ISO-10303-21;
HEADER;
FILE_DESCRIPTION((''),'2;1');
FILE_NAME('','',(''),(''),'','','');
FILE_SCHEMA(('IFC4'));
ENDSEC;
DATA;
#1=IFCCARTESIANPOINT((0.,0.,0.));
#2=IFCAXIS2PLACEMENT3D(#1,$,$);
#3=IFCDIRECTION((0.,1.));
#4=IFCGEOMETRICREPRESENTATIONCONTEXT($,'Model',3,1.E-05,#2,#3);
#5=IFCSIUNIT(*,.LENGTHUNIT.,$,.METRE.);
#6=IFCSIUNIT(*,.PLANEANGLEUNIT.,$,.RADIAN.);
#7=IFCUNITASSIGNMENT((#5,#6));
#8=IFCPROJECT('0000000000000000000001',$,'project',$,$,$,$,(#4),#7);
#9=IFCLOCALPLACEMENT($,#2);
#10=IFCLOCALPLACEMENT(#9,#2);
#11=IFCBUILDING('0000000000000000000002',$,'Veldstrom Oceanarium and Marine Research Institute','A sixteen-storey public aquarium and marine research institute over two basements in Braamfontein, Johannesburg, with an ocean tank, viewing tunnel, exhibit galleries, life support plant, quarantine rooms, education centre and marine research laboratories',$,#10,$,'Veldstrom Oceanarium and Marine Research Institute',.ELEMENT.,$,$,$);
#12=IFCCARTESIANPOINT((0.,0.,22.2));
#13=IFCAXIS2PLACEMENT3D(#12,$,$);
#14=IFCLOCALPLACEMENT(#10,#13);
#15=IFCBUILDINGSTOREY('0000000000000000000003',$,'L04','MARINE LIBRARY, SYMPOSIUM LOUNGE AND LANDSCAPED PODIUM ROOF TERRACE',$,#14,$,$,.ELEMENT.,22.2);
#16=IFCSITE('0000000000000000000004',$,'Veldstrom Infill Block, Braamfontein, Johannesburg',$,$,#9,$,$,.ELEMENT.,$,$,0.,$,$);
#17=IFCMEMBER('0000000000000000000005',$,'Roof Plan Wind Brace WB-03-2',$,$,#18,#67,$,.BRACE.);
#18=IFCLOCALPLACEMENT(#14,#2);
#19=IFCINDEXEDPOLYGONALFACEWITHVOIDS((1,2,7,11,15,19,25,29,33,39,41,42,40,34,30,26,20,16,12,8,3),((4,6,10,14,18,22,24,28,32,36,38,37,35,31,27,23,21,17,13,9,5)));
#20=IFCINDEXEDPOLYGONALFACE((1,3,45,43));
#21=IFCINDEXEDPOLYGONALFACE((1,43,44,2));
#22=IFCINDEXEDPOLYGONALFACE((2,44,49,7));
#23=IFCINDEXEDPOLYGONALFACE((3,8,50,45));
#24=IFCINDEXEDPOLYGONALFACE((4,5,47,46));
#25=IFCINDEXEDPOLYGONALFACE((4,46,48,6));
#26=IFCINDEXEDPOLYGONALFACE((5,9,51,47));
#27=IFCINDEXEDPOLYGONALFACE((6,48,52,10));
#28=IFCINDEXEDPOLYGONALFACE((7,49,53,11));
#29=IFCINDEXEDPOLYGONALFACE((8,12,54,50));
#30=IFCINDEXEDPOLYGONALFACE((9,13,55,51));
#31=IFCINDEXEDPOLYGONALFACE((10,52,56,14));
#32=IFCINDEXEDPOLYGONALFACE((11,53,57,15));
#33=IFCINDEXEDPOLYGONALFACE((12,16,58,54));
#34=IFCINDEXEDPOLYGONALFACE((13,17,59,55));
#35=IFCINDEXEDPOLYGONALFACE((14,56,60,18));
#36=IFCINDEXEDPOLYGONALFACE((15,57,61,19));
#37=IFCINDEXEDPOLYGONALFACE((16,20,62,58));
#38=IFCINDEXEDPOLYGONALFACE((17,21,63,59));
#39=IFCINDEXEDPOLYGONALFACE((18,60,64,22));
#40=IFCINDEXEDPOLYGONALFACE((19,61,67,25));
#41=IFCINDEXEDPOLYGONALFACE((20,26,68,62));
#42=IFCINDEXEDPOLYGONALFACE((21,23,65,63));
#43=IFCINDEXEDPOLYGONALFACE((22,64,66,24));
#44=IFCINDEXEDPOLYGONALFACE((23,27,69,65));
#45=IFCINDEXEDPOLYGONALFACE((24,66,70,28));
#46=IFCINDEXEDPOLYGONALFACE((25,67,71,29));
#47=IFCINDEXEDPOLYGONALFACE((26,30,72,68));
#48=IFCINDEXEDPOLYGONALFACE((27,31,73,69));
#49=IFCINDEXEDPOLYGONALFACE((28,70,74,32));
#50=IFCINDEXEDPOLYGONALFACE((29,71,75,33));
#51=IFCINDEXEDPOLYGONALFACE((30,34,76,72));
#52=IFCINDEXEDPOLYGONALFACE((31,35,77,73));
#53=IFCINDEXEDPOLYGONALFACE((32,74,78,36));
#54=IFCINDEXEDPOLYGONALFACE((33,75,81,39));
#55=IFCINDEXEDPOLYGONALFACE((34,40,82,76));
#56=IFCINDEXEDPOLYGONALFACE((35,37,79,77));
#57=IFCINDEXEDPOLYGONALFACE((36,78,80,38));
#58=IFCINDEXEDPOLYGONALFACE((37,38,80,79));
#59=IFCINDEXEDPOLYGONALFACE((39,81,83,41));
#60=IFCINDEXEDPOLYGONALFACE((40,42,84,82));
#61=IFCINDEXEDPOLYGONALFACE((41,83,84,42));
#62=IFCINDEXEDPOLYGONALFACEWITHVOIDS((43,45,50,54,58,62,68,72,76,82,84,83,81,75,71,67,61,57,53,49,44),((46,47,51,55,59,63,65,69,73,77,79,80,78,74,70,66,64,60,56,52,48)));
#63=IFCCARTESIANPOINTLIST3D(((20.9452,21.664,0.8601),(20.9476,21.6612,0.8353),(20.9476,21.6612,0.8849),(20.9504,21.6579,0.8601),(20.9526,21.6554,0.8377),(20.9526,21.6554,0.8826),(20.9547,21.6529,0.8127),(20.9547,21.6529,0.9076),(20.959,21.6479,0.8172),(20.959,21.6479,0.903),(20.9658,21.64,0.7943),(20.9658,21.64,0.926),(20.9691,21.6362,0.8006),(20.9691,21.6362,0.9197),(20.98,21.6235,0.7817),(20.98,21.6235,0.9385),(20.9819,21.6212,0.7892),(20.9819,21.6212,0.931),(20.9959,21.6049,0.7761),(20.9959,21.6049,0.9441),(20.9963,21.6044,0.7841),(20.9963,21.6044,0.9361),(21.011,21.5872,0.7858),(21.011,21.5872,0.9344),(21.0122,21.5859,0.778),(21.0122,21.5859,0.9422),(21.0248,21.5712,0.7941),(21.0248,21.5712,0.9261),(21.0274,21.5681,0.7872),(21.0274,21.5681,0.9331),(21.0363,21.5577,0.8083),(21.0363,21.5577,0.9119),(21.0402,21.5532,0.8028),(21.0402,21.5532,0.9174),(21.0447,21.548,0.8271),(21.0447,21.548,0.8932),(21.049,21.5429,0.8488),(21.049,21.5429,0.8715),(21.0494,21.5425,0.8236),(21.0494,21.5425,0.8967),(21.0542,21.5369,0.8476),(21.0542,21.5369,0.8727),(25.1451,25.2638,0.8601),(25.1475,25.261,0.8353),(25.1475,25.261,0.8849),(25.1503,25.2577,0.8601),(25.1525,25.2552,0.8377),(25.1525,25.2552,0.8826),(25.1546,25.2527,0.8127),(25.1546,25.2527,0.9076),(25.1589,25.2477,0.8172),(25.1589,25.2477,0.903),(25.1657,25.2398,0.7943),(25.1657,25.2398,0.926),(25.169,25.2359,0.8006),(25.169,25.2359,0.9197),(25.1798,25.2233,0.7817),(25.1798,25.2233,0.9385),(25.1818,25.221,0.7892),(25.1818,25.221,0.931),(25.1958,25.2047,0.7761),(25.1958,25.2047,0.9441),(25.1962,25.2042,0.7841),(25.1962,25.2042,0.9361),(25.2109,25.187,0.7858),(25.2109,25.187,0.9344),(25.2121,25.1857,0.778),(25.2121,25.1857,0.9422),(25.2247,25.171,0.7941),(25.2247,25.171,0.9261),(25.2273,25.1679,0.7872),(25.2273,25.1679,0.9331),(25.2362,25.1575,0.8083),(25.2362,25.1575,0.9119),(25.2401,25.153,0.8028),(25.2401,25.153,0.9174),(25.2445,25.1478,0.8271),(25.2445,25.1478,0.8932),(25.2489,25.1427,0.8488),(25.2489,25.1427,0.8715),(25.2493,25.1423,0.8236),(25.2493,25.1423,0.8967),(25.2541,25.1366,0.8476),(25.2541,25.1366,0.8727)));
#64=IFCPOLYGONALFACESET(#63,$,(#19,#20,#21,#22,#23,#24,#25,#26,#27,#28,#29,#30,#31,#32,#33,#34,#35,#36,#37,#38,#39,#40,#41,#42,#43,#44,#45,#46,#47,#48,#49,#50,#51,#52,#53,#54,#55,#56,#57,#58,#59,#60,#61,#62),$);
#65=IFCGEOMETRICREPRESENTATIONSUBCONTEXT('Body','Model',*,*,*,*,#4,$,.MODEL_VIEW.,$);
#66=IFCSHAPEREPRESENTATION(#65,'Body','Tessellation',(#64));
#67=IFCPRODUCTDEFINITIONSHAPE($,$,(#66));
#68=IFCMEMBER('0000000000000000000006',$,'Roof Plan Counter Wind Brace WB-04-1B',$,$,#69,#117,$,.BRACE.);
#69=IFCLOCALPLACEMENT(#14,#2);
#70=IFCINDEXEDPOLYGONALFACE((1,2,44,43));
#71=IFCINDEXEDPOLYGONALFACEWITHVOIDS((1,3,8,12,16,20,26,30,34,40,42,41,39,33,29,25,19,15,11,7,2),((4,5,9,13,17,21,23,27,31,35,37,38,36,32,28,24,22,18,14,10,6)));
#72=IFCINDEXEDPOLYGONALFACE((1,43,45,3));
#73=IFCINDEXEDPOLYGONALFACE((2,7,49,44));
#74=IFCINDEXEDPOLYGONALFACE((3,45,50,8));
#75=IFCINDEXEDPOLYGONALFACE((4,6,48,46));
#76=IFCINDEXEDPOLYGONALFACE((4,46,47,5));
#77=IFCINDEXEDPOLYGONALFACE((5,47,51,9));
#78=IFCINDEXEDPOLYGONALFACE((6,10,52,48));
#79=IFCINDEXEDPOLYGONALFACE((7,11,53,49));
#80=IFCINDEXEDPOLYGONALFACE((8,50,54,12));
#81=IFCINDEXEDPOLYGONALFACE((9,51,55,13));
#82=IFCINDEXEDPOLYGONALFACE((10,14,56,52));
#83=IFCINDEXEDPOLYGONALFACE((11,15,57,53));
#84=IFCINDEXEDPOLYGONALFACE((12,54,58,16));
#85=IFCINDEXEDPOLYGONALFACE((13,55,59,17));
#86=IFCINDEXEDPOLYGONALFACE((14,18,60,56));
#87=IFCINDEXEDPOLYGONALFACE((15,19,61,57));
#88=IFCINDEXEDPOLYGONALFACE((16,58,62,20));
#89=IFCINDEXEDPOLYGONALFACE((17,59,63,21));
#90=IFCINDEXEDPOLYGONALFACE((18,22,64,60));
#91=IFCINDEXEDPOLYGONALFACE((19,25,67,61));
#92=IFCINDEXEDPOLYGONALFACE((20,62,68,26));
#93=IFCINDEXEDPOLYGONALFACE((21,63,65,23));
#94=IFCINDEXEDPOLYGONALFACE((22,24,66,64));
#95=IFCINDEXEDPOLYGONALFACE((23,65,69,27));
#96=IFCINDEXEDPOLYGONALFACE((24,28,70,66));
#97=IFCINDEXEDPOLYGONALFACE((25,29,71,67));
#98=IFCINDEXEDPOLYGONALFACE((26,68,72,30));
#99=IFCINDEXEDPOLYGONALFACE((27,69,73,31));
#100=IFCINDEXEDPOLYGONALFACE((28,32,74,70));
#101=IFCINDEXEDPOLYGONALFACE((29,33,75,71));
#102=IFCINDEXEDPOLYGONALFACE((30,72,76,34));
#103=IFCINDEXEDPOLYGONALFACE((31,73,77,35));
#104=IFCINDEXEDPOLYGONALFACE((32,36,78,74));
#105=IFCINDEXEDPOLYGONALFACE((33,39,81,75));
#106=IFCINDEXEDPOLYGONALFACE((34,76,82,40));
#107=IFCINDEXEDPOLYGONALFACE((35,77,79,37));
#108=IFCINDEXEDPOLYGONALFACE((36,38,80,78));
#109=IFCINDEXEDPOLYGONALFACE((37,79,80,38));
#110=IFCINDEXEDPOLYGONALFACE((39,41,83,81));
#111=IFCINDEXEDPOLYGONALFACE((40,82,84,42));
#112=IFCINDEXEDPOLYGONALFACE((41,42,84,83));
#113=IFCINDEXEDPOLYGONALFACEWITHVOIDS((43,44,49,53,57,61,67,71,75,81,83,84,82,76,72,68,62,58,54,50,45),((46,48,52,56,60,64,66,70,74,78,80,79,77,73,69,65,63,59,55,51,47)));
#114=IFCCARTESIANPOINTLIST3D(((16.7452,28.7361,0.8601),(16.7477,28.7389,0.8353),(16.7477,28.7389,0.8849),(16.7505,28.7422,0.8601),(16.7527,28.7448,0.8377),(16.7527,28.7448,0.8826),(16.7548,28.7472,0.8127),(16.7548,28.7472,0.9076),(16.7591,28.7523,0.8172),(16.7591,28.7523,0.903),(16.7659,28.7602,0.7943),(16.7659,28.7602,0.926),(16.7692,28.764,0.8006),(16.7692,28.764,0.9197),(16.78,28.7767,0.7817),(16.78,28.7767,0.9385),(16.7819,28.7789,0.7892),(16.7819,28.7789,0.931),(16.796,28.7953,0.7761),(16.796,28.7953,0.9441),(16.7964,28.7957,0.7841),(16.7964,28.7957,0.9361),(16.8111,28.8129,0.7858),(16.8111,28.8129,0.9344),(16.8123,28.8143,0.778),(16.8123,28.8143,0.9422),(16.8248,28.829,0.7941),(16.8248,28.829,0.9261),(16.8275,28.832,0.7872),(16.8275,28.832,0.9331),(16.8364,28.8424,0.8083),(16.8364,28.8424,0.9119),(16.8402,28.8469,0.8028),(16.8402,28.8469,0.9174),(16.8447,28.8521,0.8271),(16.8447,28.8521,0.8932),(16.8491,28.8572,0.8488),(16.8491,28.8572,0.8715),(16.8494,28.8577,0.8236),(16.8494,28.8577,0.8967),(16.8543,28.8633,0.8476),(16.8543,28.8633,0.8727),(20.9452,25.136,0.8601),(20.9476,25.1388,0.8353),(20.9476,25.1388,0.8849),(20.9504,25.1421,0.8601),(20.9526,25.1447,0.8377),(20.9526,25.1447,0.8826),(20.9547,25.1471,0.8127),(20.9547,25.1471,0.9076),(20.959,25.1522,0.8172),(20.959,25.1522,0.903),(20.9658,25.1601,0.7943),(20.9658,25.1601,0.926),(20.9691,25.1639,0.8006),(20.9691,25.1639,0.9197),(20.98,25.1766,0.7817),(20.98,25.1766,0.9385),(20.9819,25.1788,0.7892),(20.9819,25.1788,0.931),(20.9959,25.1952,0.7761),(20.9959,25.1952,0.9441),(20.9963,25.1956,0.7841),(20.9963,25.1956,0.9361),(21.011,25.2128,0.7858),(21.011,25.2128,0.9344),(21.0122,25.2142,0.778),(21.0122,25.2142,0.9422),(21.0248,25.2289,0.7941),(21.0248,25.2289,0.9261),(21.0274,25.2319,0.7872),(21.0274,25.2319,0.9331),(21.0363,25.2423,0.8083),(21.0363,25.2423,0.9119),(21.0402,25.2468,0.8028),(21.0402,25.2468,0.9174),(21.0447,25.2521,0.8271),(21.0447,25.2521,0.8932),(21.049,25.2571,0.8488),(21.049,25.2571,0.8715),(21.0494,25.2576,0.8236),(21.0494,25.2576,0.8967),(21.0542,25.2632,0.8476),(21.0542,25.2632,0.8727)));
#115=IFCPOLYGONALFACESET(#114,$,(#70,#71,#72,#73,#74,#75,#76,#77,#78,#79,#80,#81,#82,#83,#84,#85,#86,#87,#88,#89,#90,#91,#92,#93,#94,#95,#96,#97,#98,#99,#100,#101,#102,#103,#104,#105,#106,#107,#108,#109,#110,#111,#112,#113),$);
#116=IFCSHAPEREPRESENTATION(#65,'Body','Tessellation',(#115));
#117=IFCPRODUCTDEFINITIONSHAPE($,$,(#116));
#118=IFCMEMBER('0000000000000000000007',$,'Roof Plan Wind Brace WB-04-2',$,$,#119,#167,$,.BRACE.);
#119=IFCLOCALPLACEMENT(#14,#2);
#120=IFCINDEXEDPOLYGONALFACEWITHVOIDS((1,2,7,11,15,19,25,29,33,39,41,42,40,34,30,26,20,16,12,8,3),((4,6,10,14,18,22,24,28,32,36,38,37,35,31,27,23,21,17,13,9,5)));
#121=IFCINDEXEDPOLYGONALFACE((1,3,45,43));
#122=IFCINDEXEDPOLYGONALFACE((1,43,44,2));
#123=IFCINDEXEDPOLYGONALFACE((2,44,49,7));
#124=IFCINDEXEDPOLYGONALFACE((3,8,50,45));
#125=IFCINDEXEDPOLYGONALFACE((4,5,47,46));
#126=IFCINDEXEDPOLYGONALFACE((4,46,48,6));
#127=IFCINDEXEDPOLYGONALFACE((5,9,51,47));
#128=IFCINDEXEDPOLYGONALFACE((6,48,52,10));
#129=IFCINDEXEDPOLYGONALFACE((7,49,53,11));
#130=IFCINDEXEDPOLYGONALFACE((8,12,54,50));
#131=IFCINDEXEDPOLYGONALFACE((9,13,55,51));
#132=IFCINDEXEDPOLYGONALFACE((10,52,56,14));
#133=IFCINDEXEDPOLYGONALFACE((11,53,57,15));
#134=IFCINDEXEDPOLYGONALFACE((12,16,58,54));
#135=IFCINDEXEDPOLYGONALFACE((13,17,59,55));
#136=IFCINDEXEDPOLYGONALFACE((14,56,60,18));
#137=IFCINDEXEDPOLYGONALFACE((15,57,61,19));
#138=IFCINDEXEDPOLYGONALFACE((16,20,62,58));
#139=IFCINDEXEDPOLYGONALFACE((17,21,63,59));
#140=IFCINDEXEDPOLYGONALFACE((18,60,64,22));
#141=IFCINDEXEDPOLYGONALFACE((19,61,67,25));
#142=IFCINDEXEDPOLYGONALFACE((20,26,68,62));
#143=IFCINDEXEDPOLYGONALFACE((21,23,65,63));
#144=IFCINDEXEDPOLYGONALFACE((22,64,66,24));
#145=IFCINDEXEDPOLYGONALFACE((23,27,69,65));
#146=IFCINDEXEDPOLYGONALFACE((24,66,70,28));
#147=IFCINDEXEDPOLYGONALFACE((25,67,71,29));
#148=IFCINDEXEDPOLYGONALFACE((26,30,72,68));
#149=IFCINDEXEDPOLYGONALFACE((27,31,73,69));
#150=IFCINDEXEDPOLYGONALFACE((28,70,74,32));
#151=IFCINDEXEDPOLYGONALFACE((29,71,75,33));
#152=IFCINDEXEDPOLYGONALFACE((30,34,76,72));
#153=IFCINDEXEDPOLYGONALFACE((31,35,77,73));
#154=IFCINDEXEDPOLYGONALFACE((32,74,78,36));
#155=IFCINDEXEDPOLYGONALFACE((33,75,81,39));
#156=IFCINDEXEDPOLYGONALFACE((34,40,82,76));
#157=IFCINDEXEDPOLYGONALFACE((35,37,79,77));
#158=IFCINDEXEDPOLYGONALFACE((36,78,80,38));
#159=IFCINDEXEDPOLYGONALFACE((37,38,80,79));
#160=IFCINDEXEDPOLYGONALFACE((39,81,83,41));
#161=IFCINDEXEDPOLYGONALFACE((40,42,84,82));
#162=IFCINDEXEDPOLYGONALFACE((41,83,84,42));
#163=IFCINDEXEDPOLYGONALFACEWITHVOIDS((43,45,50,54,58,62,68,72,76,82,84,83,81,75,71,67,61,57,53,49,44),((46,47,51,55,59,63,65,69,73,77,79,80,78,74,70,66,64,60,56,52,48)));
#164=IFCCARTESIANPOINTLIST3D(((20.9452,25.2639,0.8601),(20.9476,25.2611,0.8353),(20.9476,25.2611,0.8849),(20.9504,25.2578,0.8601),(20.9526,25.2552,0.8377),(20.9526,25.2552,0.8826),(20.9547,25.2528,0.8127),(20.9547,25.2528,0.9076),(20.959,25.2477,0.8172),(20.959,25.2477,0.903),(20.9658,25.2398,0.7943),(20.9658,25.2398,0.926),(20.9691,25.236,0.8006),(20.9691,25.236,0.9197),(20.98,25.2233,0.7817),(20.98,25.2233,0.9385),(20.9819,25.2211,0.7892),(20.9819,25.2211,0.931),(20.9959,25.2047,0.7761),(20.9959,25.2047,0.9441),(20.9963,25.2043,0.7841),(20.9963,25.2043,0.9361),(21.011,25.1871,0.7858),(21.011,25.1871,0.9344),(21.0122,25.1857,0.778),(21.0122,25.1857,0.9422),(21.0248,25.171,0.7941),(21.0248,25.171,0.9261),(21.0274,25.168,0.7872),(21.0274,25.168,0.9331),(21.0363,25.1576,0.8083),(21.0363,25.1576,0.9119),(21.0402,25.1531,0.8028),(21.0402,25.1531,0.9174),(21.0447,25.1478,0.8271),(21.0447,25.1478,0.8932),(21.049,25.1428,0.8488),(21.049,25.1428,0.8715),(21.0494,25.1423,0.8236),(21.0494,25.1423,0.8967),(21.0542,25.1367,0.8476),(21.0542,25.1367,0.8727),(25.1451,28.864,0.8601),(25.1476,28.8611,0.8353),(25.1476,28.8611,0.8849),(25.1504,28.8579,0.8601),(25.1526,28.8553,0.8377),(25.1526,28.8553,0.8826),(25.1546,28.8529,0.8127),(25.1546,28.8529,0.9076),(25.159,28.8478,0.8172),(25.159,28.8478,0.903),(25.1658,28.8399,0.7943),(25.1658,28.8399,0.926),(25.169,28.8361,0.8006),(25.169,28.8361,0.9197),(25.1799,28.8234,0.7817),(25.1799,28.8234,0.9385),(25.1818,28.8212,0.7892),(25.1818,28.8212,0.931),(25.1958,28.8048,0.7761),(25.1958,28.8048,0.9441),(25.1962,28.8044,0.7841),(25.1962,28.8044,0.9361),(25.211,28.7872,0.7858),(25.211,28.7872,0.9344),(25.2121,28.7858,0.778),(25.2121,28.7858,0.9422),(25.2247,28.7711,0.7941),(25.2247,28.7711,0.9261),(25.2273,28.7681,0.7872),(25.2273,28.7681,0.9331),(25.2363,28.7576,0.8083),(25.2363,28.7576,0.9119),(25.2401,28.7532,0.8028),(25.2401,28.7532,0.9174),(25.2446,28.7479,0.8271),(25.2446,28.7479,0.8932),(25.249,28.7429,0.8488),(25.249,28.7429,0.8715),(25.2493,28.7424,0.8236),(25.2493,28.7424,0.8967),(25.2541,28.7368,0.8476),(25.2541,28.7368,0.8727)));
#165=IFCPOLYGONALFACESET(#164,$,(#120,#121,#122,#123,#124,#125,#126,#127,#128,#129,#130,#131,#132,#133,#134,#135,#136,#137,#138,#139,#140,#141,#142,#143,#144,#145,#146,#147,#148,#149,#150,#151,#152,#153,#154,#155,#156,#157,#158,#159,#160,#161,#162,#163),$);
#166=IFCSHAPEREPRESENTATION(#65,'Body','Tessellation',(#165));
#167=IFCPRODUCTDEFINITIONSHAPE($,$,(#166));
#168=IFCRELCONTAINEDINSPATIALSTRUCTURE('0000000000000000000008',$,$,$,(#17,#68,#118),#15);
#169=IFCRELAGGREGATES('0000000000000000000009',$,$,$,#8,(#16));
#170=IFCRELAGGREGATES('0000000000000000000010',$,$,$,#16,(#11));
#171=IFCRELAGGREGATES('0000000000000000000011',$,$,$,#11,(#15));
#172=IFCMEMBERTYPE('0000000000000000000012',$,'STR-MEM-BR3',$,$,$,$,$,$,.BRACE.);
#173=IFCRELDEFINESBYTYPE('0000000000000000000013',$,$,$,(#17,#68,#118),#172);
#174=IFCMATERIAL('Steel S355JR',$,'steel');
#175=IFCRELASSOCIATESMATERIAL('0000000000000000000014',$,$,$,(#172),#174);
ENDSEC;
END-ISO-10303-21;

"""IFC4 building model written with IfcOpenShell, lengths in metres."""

from ifc_helpers import new_model, si_unit, direction, frame, origin, origin_2d, place, context, subcontext, project, spatial, hollow_circle, extrude, material, material_profile, profile_set, type_object, element, save


model = new_model("IFC4")

# Units and contexts
model_context = context("Model", 3, precision=1e-05, world=origin(), true_north=direction((0.0, 1.0)))
body_context = subcontext(model_context, "Body", "Model", "MODEL_VIEW")
ifc_project = project(units=[si_unit("LENGTHUNIT", "METRE"), si_unit("PLANEANGLEUNIT", "RADIAN")], contexts=[model_context])

# Site, building, storey
site_placement = place(None, origin())
site = spatial("IfcSite", under=ifc_project, at=site_placement, Name="Veldstrom Infill Block, Braamfontein, Johannesburg", CompositionType="ELEMENT", RefElevation=0.0)
building_placement = place(site_placement, origin())
building = spatial("IfcBuilding", under=site, at=building_placement, Name="Veldstrom Oceanarium and Marine Research Institute", Description="A sixteen-storey public aquarium and marine research institute over two basements in Braamfontein, Johannesburg, with an ocean tank, viewing tunnel, exhibit galleries, life support plant, quarantine rooms, education centre and marine research laboratories", LongName="Veldstrom Oceanarium and Marine Research Institute", CompositionType="ELEMENT")
storey_placement = place(building_placement, frame((0.0, 0.0, 22.2)))
storey = spatial("IfcBuildingStorey", under=building, at=storey_placement, Name="L04", Description="MARINE LIBRARY, SYMPOSIUM LOUNGE AND LANDSCAPED PODIUM ROOF TERRACE", CompositionType="ELEMENT", Elevation=22.2)

# Members
ifc_material_1 = material(Name="Steel S355JR", Category="steel")
ifc_material_profile_1 = material_profile(ifc_material_1, hollow_circle(Radius=0.0842, WallThickness=0.0081, at=origin_2d()), Name="CHS 168.3x8")
ifc_profile_set_1 = profile_set([ifc_material_profile_1], Name="Steel S355JR")
member_type_1 = type_object("IfcMemberType", Name="STR-MEM-BR3", PredefinedType="BRACE", material=ifc_profile_set_1)
for number, where, z_axis, x_axis, name in (
    (1, (21.0, 21.6001, 0.8601), (0.759266, 0.65078, 0.0), (-0.65078, 0.759266, 0.0), "Roof Plan Wind Brace WB-03-2"),
):
    element("IfcMember", number, at=place(storey_placement, frame(where, z_axis=z_axis, x_axis=x_axis)), inside=storey, type_object=member_type_1, Name=name, PredefinedType="BRACE", context=body_context, shape_type="SweptSolid", body=[
        extrude(hollow_circle(Radius=0.0842, WallThickness=0.0081, at=origin_2d()), origin(), (0.0, 0.0, 1.0), 5.5315),
    ])
for number, where, z_axis, x_axis, name in (
    (2, (21.0, 25.2, 0.8601), (-0.759244, 0.650806, 0.0), (-0.650806, -0.759244, 0.0), "Roof Plan Counter Wind Brace WB-04-1B"),
    (3, (21.0, 25.2, 0.8601), (0.759244, 0.650806, 0.0), (-0.650806, 0.759244, 0.0), "Roof Plan Wind Brace WB-04-2"),
):
    element("IfcMember", number, at=place(storey_placement, frame(where, z_axis=z_axis, x_axis=x_axis)), inside=storey, type_object=member_type_1, Name=name, PredefinedType="BRACE", context=body_context, shape_type="SweptSolid", body=[
        extrude(hollow_circle(Radius=0.0842, WallThickness=0.0081, at=origin_2d()), origin(), (0.0, 0.0, 1.0), 5.5317),
    ])

save(model, "model.ifc")
